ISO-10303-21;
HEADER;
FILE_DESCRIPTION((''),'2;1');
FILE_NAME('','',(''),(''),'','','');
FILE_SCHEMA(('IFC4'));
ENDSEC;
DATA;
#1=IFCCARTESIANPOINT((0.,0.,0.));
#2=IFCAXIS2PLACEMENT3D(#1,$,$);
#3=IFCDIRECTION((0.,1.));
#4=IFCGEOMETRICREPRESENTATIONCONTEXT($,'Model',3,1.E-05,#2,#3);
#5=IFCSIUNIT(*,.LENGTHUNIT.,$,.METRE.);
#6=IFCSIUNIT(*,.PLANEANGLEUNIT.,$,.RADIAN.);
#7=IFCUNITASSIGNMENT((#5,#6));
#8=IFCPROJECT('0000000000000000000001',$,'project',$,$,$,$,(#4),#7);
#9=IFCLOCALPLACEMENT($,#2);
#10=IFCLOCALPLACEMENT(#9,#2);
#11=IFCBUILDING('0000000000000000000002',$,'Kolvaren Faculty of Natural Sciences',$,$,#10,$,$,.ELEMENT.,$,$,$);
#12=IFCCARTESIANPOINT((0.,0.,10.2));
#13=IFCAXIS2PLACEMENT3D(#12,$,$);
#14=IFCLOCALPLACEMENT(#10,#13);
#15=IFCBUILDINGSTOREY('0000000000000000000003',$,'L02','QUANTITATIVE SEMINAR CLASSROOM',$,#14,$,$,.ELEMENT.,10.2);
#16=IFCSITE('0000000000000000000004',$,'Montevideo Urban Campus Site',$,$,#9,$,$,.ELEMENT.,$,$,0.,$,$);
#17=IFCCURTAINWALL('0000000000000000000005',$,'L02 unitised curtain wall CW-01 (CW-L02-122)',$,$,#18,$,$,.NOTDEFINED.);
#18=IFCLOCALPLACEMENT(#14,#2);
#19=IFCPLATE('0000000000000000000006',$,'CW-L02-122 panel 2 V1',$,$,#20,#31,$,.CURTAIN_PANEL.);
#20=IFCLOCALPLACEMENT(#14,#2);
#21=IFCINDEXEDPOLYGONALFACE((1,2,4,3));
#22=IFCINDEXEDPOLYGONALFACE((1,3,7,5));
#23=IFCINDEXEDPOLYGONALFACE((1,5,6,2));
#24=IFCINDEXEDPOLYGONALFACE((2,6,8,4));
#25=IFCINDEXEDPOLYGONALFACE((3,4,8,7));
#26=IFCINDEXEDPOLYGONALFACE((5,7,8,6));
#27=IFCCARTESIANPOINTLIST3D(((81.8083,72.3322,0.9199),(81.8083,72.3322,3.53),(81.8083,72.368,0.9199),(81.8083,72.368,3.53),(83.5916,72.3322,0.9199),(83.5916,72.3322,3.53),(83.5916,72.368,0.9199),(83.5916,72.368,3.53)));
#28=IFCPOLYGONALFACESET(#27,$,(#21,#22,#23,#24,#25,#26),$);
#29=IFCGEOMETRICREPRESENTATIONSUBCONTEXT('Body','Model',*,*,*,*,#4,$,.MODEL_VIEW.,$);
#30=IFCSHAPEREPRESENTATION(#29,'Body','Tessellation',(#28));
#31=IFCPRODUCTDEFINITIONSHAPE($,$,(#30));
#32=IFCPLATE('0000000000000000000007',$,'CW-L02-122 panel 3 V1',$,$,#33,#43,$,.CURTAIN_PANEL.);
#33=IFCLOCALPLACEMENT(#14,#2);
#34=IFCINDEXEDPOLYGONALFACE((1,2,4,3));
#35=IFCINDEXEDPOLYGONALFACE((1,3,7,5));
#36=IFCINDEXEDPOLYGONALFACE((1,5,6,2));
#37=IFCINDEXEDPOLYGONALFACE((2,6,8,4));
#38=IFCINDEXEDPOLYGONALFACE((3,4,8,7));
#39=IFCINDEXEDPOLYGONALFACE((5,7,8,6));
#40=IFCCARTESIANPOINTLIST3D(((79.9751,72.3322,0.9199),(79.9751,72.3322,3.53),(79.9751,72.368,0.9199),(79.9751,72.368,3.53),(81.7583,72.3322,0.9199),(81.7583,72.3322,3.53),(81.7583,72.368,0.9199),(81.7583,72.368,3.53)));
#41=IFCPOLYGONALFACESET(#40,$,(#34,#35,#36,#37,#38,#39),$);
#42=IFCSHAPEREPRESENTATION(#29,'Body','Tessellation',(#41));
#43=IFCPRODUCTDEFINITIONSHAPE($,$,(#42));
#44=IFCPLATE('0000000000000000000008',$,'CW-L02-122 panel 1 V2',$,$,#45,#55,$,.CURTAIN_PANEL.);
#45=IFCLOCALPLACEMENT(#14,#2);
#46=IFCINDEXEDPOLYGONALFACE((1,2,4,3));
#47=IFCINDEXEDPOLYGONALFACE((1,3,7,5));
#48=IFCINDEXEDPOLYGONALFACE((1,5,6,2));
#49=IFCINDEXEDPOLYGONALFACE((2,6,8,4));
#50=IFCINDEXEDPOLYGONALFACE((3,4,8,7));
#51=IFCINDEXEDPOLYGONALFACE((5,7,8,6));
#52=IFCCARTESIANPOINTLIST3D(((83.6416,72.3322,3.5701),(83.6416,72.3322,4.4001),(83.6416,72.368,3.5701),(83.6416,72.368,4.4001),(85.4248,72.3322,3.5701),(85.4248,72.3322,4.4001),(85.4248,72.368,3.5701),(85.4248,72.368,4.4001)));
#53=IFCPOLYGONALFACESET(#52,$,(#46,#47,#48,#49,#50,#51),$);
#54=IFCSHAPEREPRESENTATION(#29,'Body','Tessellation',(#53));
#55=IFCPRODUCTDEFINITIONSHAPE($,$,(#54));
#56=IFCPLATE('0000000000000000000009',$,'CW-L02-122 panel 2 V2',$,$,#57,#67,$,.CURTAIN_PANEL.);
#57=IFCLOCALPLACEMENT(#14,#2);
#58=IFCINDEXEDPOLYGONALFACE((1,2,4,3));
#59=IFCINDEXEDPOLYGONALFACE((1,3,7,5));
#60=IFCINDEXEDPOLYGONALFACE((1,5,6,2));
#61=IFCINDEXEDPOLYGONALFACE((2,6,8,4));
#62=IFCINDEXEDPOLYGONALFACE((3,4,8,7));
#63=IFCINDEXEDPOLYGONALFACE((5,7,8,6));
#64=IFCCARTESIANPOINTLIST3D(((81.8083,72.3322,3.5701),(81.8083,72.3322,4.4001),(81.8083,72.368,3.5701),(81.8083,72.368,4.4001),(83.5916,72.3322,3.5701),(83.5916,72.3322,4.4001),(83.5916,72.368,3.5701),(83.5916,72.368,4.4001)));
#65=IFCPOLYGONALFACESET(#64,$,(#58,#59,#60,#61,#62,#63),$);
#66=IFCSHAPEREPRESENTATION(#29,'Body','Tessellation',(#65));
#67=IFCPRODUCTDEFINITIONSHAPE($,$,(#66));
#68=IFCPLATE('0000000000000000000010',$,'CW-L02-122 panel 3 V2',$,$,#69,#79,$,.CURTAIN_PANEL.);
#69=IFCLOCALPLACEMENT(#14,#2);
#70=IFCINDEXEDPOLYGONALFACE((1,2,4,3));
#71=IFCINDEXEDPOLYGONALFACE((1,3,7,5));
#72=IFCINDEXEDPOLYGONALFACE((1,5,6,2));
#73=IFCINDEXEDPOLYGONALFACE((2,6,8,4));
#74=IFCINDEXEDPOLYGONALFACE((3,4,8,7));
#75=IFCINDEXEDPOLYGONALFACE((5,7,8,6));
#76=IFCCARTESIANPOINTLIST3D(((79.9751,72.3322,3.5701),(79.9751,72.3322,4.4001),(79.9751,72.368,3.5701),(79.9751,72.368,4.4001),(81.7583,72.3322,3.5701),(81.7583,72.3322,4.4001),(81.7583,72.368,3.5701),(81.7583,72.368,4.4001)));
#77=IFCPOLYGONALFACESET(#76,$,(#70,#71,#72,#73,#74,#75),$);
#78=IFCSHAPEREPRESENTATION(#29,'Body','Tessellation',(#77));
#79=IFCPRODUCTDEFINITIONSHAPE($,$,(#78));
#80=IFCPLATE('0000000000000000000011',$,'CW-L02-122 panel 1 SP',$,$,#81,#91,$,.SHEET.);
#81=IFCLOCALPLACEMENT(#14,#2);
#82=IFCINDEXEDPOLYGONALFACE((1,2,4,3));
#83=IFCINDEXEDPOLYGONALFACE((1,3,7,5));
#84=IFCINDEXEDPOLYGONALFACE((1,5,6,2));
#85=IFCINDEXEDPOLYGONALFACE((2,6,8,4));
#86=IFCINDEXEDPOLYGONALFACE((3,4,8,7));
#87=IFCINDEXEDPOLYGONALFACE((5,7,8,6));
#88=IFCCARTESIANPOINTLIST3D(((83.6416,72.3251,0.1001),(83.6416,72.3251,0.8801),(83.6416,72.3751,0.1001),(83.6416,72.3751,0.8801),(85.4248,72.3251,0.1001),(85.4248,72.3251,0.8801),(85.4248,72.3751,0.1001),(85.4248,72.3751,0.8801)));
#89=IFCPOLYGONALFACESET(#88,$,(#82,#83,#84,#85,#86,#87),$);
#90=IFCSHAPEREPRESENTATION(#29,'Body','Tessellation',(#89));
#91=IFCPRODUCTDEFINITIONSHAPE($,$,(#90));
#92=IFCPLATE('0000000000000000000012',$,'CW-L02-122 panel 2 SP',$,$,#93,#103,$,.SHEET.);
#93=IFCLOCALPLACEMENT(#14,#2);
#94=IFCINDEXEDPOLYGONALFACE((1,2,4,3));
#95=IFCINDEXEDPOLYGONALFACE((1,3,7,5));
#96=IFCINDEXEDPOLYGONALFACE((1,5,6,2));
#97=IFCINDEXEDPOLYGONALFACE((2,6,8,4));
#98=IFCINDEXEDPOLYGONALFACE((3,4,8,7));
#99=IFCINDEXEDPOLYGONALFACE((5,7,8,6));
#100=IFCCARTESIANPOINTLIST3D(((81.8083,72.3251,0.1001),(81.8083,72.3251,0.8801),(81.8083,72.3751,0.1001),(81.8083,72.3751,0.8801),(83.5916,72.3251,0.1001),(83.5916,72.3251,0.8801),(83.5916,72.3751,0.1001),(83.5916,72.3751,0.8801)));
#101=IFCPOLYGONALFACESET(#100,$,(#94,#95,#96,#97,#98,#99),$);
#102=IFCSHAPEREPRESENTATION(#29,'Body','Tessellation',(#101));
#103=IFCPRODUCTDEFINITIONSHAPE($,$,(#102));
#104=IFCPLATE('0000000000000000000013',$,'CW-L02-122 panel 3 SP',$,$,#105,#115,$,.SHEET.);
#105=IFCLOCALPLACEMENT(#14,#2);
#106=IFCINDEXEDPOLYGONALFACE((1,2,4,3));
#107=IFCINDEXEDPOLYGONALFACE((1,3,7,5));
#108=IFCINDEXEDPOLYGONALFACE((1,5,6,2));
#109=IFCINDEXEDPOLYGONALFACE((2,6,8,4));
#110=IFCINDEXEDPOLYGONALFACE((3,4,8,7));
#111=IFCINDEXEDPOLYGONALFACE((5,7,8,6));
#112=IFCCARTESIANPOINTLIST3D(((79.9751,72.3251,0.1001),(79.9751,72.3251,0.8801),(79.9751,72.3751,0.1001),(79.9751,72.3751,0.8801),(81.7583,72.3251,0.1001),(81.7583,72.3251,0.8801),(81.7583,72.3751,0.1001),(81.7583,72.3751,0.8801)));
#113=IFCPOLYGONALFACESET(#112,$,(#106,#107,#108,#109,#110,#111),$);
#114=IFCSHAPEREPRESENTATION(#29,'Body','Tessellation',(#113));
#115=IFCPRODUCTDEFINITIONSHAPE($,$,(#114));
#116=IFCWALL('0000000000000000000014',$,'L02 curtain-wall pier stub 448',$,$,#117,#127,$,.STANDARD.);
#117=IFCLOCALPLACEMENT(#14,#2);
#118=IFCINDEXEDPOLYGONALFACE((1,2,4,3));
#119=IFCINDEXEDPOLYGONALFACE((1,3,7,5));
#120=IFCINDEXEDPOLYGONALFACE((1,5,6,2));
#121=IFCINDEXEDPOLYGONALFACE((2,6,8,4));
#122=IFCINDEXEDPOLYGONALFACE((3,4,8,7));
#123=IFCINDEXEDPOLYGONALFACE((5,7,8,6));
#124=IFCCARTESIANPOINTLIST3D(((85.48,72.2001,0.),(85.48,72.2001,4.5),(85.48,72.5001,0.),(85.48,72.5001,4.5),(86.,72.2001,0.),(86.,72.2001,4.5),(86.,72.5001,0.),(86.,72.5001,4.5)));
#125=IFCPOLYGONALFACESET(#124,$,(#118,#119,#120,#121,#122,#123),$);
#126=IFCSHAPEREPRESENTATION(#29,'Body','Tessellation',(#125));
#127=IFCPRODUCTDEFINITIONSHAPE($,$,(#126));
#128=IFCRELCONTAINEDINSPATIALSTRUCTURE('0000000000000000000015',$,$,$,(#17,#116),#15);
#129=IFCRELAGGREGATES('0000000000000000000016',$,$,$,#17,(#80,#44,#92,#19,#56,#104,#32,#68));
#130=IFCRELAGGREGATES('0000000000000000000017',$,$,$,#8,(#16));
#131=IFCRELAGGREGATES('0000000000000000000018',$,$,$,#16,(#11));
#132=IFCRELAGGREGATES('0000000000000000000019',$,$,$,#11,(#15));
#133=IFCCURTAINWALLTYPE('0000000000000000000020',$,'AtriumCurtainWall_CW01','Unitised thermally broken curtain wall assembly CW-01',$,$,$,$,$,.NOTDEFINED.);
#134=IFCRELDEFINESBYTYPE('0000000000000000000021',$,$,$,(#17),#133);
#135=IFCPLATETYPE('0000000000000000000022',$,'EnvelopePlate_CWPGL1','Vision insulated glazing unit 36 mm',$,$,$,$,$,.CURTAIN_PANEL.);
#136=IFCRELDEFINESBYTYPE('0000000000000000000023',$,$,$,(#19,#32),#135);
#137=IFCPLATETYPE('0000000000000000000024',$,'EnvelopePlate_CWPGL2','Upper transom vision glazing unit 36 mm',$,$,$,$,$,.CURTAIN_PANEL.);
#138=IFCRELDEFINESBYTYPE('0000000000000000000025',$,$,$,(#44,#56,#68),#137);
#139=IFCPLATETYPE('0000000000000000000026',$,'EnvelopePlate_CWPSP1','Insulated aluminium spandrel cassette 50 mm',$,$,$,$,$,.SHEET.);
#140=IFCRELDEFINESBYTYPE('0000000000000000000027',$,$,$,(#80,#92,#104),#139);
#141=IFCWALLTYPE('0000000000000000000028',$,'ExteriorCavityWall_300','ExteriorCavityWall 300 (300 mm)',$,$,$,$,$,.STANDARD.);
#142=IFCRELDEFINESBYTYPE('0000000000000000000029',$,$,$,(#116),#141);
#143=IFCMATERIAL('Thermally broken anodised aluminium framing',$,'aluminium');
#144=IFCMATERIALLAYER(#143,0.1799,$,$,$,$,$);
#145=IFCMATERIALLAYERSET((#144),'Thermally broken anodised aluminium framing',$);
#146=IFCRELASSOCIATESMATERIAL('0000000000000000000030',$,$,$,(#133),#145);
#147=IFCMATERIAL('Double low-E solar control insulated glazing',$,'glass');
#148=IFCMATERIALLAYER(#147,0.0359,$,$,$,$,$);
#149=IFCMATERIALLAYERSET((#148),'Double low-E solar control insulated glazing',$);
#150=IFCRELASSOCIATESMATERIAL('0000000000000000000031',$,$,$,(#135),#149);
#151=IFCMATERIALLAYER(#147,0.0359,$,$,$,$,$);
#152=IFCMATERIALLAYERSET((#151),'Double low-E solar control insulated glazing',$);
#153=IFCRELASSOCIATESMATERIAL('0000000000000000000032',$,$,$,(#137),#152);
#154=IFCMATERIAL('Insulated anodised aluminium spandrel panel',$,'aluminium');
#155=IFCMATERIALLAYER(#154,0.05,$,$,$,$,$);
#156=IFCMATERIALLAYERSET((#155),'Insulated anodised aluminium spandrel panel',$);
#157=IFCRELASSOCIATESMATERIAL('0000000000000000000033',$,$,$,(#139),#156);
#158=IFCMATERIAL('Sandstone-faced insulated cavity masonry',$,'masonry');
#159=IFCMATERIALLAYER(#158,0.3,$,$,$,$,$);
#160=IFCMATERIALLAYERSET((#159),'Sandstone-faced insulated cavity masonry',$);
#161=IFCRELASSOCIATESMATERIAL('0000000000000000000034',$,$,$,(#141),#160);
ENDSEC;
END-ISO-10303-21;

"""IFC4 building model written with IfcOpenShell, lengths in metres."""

from ifc_helpers import new_model, si_unit, direction, frame, frame_2d, origin, origin_2d, place, context, subcontext, project, spatial, rectangle, extrude, material, layer, layer_set, type_object, element, aggregate, save


model = new_model("IFC4")

# Units and contexts
model_context = context("Model", 3, precision=1e-05, world=origin(), true_north=direction((0.0, 1.0)))
body_context = subcontext(model_context, "Body", "Model", "MODEL_VIEW")
ifc_project = project(units=[si_unit("LENGTHUNIT", "METRE"), si_unit("PLANEANGLEUNIT", "RADIAN")], contexts=[model_context])

# Site, building, storey
site_placement = place(None, origin())
site = spatial("IfcSite", under=ifc_project, at=site_placement, Name="Montevideo Urban Campus Site", CompositionType="ELEMENT", RefElevation=0.0)
building_placement = place(site_placement, origin())
building = spatial("IfcBuilding", under=site, at=building_placement, Name="Kolvaren Faculty of Natural Sciences", CompositionType="ELEMENT")
storey_placement = place(building_placement, frame((0.0, 0.0, 10.2)))
storey = spatial("IfcBuildingStorey", under=building, at=storey_placement, Name="L02", Description="QUANTITATIVE SEMINAR CLASSROOM", CompositionType="ELEMENT", Elevation=10.2)

# Curtain wall
ifc_material_1 = material(Name="Thermally broken anodised aluminium framing", Category="aluminium")
ifc_layer_1 = layer(ifc_material_1, 0.1799)
ifc_layer_set_1 = layer_set([ifc_layer_1], Name="Thermally broken anodised aluminium framing")
curtain_wall_type = type_object("IfcCurtainWallType", Name="AtriumCurtainWall_CW01", Description="Unitised thermally broken curtain wall assembly CW-01", PredefinedType="NOTDEFINED", material=ifc_layer_set_1)
curtain_wall_placement = place(storey_placement, origin())
curtain_wall = element("IfcCurtainWall", 1, at=curtain_wall_placement, inside=storey, type_object=curtain_wall_type, Name="L02 unitised curtain wall CW-01 (CW-L02-122)", PredefinedType="NOTDEFINED")

# Plates
ifc_material_2 = material(Name="Double low-E solar control insulated glazing", Category="glass")
ifc_layer_2 = layer(ifc_material_2, 0.0359)
ifc_layer_set_2 = layer_set([ifc_layer_2], Name="Double low-E solar control insulated glazing")
plate_type_1 = type_object("IfcPlateType", Name="EnvelopePlate_CWPGL1", Description="Vision insulated glazing unit 36 mm", PredefinedType="CURTAIN_PANEL", material=ifc_layer_set_2)
plate_1_placement = place(storey_placement, frame((82.7, 72.3501, 0.9199), z_axis=(0.0, 0.0, 1.0), x_axis=(-1.0, 0.0, 0.0)))
plate_1 = element("IfcPlate", 2, at=plate_1_placement, type_object=plate_type_1, Name="CW-L02-122 panel 2 V1", PredefinedType="CURTAIN_PANEL", context=body_context, shape_type="SweptSolid", body=[
    extrude(rectangle(XDim=1.7832, YDim=0.0359, at=origin_2d()), origin(), (0.0, 0.0, 1.0), 2.6101),
])
plate_2_placement = place(storey_placement, frame((80.8667, 72.3501, 0.9199), z_axis=(0.0, 0.0, 1.0), x_axis=(-1.0, 0.0, 0.0)))
plate_2 = element("IfcPlate", 3, at=plate_2_placement, type_object=plate_type_1, Name="CW-L02-122 panel 3 V1", PredefinedType="CURTAIN_PANEL", context=body_context, shape_type="SweptSolid", body=[
    extrude(rectangle(XDim=1.7832, YDim=0.0359, at=origin_2d()), origin(), (0.0, 0.0, 1.0), 2.6101),
])
ifc_layer_3 = layer(ifc_material_2, 0.0359)
ifc_layer_set_3 = layer_set([ifc_layer_3], Name="Double low-E solar control insulated glazing")
plate_type_2 = type_object("IfcPlateType", Name="EnvelopePlate_CWPGL2", Description="Upper transom vision glazing unit 36 mm", PredefinedType="CURTAIN_PANEL", material=ifc_layer_set_3)
plate_3_placement = place(storey_placement, frame((84.5332, 72.3501, 3.5701), z_axis=(0.0, 0.0, 1.0), x_axis=(-1.0, 0.0, 0.0)))
plate_3 = element("IfcPlate", 4, at=plate_3_placement, type_object=plate_type_2, Name="CW-L02-122 panel 1 V2", PredefinedType="CURTAIN_PANEL", context=body_context, shape_type="SweptSolid", body=[
    extrude(rectangle(XDim=1.7832, YDim=0.0359, at=origin_2d()), origin(), (0.0, 0.0, 1.0), 0.8301),
])
plate_4_placement = place(storey_placement, frame((82.7, 72.3501, 3.5701), z_axis=(0.0, 0.0, 1.0), x_axis=(-1.0, 0.0, 0.0)))
plate_4 = element("IfcPlate", 5, at=plate_4_placement, type_object=plate_type_2, Name="CW-L02-122 panel 2 V2", PredefinedType="CURTAIN_PANEL", context=body_context, shape_type="SweptSolid", body=[
    extrude(rectangle(XDim=1.7832, YDim=0.0359, at=origin_2d()), origin(), (0.0, 0.0, 1.0), 0.8301),
])
plate_5_placement = place(storey_placement, frame((80.8667, 72.3501, 3.5701), z_axis=(0.0, 0.0, 1.0), x_axis=(-1.0, 0.0, 0.0)))
plate_5 = element("IfcPlate", 6, at=plate_5_placement, type_object=plate_type_2, Name="CW-L02-122 panel 3 V2", PredefinedType="CURTAIN_PANEL", context=body_context, shape_type="SweptSolid", body=[
    extrude(rectangle(XDim=1.7832, YDim=0.0359, at=origin_2d()), origin(), (0.0, 0.0, 1.0), 0.8301),
])
ifc_material_3 = material(Name="Insulated anodised aluminium spandrel panel", Category="aluminium")
ifc_layer_4 = layer(ifc_material_3, 0.05)
ifc_layer_set_4 = layer_set([ifc_layer_4], Name="Insulated anodised aluminium spandrel panel")
plate_type_3 = type_object("IfcPlateType", Name="EnvelopePlate_CWPSP1", Description="Insulated aluminium spandrel cassette 50 mm", PredefinedType="SHEET", material=ifc_layer_set_4)
plate_6_placement = place(storey_placement, frame((84.5332, 72.3501, 0.1001), z_axis=(0.0, 0.0, 1.0), x_axis=(-1.0, 0.0, 0.0)))
plate_6 = element("IfcPlate", 7, at=plate_6_placement, type_object=plate_type_3, Name="CW-L02-122 panel 1 SP", PredefinedType="SHEET", context=body_context, shape_type="SweptSolid", body=[
    extrude(rectangle(XDim=1.7832, YDim=0.05, at=origin_2d()), origin(), (0.0, 0.0, 1.0), 0.78),
])
plate_7_placement = place(storey_placement, frame((82.7, 72.3501, 0.1001), z_axis=(0.0, 0.0, 1.0), x_axis=(-1.0, 0.0, 0.0)))
plate_7 = element("IfcPlate", 8, at=plate_7_placement, type_object=plate_type_3, Name="CW-L02-122 panel 2 SP", PredefinedType="SHEET", context=body_context, shape_type="SweptSolid", body=[
    extrude(rectangle(XDim=1.7832, YDim=0.05, at=origin_2d()), origin(), (0.0, 0.0, 1.0), 0.78),
])
plate_8_placement = place(storey_placement, frame((80.8667, 72.3501, 0.1001), z_axis=(0.0, 0.0, 1.0), x_axis=(-1.0, 0.0, 0.0)))
plate_8 = element("IfcPlate", 9, at=plate_8_placement, type_object=plate_type_3, Name="CW-L02-122 panel 3 SP", PredefinedType="SHEET", context=body_context, shape_type="SweptSolid", body=[
    extrude(rectangle(XDim=1.7832, YDim=0.05, at=origin_2d()), origin(), (0.0, 0.0, 1.0), 0.78),
])
aggregate(curtain_wall, [plate_6, plate_3, plate_7, plate_1, plate_4, plate_8, plate_2, plate_5])

# Wall
ifc_material_4 = material(Name="Sandstone-faced insulated cavity masonry", Category="masonry")
ifc_layer_5 = layer(ifc_material_4, 0.3)
ifc_layer_set_5 = layer_set([ifc_layer_5], Name="Sandstone-faced insulated cavity masonry")
wall_type = type_object("IfcWallType", Name="ExteriorCavityWall_300", Description="ExteriorCavityWall 300 (300 mm)", PredefinedType="STANDARD", material=ifc_layer_set_5)
wall_placement = place(storey_placement, frame((86.0, 72.3501, 0.0), z_axis=(0.0, 0.0, 1.0), x_axis=(-1.0, 0.0, 0.0)))
element("IfcWall", 10, at=wall_placement, inside=storey, type_object=wall_type, Name="L02 curtain-wall pier stub 448", PredefinedType="STANDARD", context=body_context, shape_type="SweptSolid", body=[
    extrude(rectangle(XDim=0.52, YDim=0.3, at=frame_2d((0.26, 0.0))), origin(), (0.0, 0.0, 1.0), 4.5),
])

save(model, "model.ifc")
